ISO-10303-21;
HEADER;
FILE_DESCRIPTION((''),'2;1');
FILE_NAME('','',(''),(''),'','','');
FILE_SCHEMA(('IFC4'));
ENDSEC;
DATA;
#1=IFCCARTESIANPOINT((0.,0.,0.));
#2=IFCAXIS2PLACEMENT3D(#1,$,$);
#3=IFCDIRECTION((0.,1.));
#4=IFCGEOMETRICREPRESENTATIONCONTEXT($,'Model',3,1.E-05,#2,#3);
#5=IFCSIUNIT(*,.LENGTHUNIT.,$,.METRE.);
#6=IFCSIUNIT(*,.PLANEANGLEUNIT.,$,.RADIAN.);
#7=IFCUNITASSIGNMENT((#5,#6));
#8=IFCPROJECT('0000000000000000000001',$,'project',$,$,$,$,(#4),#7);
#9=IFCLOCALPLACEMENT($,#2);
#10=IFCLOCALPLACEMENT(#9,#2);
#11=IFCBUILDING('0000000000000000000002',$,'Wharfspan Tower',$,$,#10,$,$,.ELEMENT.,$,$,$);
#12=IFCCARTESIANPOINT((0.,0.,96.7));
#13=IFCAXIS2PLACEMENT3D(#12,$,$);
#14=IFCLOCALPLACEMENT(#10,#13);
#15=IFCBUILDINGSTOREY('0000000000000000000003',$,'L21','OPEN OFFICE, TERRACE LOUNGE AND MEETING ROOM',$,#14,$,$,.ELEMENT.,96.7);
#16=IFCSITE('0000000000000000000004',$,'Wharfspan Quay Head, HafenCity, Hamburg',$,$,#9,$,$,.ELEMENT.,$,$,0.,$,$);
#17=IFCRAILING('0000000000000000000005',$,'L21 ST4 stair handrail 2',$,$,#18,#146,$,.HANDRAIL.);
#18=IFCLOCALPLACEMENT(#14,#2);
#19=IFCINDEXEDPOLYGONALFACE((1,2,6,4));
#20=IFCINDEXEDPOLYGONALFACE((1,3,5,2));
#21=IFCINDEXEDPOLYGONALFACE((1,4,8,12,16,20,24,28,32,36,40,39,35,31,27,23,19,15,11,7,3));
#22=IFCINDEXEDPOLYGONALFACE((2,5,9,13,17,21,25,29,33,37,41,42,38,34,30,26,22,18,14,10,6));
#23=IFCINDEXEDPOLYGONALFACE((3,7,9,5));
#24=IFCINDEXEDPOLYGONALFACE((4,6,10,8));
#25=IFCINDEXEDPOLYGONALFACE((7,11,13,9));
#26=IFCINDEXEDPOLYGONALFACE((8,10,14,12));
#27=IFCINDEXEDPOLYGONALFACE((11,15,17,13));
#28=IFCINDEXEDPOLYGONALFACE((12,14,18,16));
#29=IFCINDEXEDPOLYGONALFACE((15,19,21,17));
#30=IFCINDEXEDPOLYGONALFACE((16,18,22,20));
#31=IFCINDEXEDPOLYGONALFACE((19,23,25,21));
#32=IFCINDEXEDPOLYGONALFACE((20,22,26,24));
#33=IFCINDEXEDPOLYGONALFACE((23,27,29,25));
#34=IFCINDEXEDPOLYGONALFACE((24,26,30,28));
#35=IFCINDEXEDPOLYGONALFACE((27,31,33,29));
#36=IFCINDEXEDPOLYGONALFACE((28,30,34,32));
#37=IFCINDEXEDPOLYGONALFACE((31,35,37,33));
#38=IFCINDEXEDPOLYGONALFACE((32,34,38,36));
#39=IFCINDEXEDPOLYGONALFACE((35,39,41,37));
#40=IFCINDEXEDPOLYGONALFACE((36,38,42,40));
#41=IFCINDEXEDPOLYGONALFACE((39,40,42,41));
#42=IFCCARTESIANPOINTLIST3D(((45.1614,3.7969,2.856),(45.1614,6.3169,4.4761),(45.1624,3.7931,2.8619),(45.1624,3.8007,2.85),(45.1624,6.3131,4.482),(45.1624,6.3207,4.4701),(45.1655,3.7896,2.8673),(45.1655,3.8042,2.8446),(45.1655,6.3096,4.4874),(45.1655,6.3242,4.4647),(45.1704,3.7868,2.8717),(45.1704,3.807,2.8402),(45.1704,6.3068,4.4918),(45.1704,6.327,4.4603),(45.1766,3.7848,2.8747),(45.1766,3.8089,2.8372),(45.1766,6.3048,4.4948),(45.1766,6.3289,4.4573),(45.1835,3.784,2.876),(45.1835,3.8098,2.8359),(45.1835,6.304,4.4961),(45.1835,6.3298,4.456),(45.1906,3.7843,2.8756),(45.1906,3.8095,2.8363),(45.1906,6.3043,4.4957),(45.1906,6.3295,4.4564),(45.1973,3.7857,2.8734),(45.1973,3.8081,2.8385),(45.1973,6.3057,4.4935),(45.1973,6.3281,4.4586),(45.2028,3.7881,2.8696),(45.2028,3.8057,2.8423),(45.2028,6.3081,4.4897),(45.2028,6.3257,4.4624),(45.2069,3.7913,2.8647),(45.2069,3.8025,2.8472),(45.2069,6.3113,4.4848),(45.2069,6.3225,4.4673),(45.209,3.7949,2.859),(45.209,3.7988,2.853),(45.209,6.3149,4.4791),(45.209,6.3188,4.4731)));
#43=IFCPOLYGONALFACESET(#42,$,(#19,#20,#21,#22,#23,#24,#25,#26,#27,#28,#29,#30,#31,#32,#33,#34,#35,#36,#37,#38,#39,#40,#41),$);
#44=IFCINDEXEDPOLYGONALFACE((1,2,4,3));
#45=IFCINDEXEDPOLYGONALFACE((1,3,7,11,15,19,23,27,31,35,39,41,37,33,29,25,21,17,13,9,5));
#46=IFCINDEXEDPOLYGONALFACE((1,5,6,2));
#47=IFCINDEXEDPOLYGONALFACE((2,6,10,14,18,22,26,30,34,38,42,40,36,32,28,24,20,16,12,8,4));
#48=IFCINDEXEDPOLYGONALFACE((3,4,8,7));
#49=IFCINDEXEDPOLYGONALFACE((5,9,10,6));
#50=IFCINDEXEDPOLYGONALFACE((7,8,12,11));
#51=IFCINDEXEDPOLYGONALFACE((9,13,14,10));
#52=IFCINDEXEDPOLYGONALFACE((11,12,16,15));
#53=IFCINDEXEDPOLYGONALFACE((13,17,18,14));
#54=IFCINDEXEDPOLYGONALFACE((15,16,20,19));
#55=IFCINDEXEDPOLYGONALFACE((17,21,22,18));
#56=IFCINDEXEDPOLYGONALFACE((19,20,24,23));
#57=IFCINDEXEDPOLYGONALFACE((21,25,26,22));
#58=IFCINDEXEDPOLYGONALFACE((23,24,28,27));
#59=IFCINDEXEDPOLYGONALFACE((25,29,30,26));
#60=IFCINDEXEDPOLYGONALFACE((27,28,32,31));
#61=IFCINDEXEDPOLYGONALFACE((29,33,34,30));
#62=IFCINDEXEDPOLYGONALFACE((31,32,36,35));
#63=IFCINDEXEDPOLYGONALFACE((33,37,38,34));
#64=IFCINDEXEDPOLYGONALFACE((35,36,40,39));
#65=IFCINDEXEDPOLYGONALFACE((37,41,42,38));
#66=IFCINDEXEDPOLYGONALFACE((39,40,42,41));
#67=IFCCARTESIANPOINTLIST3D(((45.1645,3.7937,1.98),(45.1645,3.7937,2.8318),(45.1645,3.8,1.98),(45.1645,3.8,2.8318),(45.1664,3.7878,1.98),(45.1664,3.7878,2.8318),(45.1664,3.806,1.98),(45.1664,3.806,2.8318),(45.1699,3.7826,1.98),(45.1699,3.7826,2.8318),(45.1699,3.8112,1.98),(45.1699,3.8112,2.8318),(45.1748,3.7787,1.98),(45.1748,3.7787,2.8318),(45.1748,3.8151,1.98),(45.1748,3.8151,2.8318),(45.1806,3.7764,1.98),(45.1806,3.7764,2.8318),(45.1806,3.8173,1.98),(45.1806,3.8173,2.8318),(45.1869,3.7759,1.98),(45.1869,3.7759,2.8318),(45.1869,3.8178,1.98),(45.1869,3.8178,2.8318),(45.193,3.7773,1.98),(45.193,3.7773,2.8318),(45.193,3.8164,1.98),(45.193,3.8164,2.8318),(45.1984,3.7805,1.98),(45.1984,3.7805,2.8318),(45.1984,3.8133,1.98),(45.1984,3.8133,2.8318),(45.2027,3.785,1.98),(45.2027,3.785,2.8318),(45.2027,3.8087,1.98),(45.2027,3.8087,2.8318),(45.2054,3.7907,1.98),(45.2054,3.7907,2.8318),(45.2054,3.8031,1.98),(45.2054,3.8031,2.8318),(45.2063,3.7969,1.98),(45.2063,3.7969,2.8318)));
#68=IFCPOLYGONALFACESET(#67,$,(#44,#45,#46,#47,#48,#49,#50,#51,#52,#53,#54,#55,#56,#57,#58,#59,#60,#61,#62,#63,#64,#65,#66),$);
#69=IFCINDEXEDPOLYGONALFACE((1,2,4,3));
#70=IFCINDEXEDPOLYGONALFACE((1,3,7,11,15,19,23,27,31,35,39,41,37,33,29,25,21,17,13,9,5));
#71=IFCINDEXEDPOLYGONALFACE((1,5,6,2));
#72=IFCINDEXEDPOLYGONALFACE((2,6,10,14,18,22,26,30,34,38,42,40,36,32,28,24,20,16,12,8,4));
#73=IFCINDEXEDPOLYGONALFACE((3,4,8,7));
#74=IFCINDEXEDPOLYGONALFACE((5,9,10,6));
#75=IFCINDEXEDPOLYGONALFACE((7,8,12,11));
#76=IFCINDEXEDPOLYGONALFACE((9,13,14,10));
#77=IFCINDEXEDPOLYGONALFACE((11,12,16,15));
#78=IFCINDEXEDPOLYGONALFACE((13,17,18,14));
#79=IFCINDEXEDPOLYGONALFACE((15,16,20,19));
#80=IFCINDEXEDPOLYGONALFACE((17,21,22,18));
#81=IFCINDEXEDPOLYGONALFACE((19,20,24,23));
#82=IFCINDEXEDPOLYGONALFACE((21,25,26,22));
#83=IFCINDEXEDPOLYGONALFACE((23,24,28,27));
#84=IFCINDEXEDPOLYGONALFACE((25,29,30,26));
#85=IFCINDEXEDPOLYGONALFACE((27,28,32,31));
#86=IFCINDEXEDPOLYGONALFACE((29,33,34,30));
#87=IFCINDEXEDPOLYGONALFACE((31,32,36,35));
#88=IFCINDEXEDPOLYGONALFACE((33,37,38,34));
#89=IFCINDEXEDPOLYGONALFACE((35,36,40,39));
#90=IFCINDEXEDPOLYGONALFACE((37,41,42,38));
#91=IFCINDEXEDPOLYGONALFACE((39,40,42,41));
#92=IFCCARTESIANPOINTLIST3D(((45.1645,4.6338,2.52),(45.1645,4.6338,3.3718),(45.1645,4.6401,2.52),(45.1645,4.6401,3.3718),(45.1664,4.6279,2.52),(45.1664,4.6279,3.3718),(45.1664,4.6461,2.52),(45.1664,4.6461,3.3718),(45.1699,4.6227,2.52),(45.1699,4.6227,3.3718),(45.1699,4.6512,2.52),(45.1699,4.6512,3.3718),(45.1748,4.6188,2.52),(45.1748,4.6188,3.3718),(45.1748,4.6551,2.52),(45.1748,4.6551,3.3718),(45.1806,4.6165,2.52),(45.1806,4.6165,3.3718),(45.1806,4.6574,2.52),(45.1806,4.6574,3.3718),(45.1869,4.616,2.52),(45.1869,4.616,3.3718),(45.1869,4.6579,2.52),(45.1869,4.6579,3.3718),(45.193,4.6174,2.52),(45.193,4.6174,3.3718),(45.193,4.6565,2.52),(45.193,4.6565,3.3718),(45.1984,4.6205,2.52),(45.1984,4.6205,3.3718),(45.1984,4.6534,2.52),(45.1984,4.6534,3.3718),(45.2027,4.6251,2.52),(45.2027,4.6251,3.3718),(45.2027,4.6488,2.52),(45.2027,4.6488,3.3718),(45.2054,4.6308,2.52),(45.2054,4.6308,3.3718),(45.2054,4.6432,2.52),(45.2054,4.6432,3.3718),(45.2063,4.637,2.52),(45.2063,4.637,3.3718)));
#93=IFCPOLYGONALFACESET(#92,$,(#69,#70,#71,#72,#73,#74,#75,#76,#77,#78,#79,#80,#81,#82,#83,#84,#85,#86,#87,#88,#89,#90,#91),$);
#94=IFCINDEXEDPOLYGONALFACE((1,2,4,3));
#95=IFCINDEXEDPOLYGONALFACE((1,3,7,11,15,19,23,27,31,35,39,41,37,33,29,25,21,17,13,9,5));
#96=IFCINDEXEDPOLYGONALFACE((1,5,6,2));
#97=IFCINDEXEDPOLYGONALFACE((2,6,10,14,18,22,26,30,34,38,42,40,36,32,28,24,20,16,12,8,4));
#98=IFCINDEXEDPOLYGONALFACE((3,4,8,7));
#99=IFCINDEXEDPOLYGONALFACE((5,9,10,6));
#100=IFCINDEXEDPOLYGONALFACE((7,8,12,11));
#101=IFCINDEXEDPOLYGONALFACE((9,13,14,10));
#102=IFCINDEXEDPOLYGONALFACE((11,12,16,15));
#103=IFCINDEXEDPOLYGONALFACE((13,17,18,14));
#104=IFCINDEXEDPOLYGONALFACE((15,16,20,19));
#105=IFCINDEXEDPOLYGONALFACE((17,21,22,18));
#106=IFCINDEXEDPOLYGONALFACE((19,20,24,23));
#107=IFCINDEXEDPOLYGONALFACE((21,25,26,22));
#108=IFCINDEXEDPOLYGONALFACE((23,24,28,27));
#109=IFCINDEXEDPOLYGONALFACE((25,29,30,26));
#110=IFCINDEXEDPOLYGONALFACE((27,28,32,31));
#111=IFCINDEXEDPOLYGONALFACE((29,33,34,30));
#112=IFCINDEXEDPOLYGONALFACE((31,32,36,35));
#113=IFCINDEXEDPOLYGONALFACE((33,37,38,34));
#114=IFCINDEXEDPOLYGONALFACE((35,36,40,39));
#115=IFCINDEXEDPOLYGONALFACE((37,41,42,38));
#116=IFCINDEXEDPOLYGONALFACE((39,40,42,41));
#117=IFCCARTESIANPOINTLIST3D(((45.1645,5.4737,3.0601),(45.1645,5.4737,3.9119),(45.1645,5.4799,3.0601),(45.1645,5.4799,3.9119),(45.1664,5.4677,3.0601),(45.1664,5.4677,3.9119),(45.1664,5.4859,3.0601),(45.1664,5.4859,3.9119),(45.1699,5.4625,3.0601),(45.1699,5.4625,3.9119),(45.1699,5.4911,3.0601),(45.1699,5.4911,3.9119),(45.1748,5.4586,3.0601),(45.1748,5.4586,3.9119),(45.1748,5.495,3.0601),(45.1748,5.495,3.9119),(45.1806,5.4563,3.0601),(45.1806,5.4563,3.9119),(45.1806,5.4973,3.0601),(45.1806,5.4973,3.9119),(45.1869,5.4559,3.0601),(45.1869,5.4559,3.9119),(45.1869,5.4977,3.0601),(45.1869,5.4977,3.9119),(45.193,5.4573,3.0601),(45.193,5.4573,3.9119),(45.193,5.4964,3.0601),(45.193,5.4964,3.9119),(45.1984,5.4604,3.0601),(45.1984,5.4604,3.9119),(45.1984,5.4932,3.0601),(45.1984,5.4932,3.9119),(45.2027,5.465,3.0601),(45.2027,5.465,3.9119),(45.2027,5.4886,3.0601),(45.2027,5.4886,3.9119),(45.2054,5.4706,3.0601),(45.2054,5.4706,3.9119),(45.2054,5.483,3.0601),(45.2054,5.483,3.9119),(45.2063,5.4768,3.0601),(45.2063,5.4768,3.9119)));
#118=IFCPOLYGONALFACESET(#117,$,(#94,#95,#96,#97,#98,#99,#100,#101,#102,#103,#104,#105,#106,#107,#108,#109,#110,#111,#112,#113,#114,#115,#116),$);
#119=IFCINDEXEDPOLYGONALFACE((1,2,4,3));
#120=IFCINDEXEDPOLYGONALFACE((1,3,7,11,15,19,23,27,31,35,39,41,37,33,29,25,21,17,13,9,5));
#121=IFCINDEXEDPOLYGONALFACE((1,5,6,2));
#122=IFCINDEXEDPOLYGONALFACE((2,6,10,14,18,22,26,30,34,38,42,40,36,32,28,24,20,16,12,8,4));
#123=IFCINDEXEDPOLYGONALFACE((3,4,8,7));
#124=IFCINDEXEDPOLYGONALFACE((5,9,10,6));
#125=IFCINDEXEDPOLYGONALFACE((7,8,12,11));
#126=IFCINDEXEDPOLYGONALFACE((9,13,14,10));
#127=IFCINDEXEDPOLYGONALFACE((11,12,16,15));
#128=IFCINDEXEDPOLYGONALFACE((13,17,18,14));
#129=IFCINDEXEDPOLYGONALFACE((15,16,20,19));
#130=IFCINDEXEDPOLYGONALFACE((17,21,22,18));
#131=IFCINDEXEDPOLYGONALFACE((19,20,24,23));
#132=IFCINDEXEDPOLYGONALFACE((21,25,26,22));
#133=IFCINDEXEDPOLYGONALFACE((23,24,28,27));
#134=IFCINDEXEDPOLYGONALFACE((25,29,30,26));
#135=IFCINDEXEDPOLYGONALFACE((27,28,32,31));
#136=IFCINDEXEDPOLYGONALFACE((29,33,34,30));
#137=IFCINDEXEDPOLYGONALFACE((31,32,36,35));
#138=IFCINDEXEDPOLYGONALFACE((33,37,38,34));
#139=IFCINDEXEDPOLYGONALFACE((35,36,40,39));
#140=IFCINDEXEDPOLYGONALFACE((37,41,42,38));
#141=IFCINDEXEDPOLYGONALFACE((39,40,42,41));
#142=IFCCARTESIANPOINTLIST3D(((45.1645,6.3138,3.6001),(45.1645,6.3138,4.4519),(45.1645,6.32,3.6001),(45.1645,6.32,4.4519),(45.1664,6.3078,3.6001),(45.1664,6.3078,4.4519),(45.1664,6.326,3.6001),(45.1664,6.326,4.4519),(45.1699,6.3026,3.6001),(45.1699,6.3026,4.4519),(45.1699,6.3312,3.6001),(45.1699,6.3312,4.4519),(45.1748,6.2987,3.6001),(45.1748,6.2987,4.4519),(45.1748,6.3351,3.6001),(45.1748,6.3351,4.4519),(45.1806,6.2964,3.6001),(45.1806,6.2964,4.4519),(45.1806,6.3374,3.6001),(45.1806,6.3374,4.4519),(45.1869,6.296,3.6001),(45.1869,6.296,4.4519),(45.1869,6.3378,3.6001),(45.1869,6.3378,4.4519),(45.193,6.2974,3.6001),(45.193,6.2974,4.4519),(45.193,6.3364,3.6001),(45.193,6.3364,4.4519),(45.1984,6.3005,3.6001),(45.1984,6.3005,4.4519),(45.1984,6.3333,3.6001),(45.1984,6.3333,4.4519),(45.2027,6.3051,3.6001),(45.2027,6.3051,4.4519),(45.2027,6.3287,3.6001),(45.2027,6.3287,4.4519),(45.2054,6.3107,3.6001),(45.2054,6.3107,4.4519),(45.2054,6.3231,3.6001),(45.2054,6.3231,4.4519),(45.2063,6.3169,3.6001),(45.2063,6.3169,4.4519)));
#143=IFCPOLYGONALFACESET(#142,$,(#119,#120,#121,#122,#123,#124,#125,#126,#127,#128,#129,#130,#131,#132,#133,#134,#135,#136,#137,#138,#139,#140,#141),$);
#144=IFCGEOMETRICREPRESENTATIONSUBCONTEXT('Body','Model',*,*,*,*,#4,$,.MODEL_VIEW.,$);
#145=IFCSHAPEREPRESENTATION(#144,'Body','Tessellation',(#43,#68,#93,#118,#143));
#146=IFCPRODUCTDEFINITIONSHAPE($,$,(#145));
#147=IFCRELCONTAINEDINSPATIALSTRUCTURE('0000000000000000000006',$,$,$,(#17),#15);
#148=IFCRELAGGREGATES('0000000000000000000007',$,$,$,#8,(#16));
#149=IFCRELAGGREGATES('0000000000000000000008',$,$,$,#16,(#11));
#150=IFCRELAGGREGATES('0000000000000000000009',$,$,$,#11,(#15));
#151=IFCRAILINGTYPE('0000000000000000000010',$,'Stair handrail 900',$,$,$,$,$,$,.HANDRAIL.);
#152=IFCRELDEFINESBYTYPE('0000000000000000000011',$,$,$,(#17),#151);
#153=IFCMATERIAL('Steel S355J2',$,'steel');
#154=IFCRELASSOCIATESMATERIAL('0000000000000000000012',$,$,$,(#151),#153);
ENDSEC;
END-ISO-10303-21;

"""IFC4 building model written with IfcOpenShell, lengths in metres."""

from ifc_helpers import new_model, si_unit, direction, frame, origin, origin_2d, place, context, subcontext, project, spatial, circle, extrude, material, type_object, element, save


model = new_model("IFC4")

# Units and contexts
model_context = context("Model", 3, precision=1e-05, world=origin(), true_north=direction((0.0, 1.0)))
body_context = subcontext(model_context, "Body", "Model", "MODEL_VIEW")
ifc_project = project(units=[si_unit("LENGTHUNIT", "METRE"), si_unit("PLANEANGLEUNIT", "RADIAN")], contexts=[model_context])

# Site, building, storey
site_placement = place(None, origin())
site = spatial("IfcSite", under=ifc_project, at=site_placement, Name="Wharfspan Quay Head, HafenCity, Hamburg", CompositionType="ELEMENT", RefElevation=0.0)
building_placement = place(site_placement, origin())
building = spatial("IfcBuilding", under=site, at=building_placement, Name="Wharfspan Tower", CompositionType="ELEMENT")
storey_placement = place(building_placement, frame((0.0, 0.0, 96.7)))
storey = spatial("IfcBuildingStorey", under=building, at=storey_placement, Name="L21", Description="OPEN OFFICE, TERRACE LOUNGE AND MEETING ROOM", CompositionType="ELEMENT", Elevation=96.7)

# Shared definitions
ifc_material_1 = material(Name="Steel S355J2", Category="steel")

# Railing
railing_type_1 = type_object("IfcRailingType", Name="Stair handrail 900", PredefinedType="HANDRAIL", material=ifc_material_1)
railing_1_placement = place(storey_placement, frame((45.1853, 3.7969, 1.98)))
element("IfcRailing", 1, at=railing_1_placement, inside=storey, type_object=railing_type_1, Name="L21 ST4 stair handrail 2", PredefinedType="HANDRAIL", context=body_context, shape_type="SweptSolid", body=[
    extrude(circle(Radius=0.0239, at=origin_2d()), frame((0.0, 0.0, 0.876), z_axis=(0.0, 0.841163, 0.540782), x_axis=(-1.0, 0.0, 0.0)), (0.0, 0.0, 1.0), 2.9958),
    extrude(circle(Radius=0.021, at=origin_2d()), origin(), (0.0, 0.0, 1.0), 0.8518),
    extrude(circle(Radius=0.021, at=origin_2d()), frame((0.0, 0.8401, 0.54)), (0.0, 0.0, 1.0), 0.8518),
    extrude(circle(Radius=0.021, at=origin_2d()), frame((0.0, 1.6799, 1.0801)), (0.0, 0.0, 1.0), 0.8518),
    extrude(circle(Radius=0.021, at=origin_2d()), frame((0.0, 2.52, 1.6201)), (0.0, 0.0, 1.0), 0.8518),
])

save(model, "model.ifc")
